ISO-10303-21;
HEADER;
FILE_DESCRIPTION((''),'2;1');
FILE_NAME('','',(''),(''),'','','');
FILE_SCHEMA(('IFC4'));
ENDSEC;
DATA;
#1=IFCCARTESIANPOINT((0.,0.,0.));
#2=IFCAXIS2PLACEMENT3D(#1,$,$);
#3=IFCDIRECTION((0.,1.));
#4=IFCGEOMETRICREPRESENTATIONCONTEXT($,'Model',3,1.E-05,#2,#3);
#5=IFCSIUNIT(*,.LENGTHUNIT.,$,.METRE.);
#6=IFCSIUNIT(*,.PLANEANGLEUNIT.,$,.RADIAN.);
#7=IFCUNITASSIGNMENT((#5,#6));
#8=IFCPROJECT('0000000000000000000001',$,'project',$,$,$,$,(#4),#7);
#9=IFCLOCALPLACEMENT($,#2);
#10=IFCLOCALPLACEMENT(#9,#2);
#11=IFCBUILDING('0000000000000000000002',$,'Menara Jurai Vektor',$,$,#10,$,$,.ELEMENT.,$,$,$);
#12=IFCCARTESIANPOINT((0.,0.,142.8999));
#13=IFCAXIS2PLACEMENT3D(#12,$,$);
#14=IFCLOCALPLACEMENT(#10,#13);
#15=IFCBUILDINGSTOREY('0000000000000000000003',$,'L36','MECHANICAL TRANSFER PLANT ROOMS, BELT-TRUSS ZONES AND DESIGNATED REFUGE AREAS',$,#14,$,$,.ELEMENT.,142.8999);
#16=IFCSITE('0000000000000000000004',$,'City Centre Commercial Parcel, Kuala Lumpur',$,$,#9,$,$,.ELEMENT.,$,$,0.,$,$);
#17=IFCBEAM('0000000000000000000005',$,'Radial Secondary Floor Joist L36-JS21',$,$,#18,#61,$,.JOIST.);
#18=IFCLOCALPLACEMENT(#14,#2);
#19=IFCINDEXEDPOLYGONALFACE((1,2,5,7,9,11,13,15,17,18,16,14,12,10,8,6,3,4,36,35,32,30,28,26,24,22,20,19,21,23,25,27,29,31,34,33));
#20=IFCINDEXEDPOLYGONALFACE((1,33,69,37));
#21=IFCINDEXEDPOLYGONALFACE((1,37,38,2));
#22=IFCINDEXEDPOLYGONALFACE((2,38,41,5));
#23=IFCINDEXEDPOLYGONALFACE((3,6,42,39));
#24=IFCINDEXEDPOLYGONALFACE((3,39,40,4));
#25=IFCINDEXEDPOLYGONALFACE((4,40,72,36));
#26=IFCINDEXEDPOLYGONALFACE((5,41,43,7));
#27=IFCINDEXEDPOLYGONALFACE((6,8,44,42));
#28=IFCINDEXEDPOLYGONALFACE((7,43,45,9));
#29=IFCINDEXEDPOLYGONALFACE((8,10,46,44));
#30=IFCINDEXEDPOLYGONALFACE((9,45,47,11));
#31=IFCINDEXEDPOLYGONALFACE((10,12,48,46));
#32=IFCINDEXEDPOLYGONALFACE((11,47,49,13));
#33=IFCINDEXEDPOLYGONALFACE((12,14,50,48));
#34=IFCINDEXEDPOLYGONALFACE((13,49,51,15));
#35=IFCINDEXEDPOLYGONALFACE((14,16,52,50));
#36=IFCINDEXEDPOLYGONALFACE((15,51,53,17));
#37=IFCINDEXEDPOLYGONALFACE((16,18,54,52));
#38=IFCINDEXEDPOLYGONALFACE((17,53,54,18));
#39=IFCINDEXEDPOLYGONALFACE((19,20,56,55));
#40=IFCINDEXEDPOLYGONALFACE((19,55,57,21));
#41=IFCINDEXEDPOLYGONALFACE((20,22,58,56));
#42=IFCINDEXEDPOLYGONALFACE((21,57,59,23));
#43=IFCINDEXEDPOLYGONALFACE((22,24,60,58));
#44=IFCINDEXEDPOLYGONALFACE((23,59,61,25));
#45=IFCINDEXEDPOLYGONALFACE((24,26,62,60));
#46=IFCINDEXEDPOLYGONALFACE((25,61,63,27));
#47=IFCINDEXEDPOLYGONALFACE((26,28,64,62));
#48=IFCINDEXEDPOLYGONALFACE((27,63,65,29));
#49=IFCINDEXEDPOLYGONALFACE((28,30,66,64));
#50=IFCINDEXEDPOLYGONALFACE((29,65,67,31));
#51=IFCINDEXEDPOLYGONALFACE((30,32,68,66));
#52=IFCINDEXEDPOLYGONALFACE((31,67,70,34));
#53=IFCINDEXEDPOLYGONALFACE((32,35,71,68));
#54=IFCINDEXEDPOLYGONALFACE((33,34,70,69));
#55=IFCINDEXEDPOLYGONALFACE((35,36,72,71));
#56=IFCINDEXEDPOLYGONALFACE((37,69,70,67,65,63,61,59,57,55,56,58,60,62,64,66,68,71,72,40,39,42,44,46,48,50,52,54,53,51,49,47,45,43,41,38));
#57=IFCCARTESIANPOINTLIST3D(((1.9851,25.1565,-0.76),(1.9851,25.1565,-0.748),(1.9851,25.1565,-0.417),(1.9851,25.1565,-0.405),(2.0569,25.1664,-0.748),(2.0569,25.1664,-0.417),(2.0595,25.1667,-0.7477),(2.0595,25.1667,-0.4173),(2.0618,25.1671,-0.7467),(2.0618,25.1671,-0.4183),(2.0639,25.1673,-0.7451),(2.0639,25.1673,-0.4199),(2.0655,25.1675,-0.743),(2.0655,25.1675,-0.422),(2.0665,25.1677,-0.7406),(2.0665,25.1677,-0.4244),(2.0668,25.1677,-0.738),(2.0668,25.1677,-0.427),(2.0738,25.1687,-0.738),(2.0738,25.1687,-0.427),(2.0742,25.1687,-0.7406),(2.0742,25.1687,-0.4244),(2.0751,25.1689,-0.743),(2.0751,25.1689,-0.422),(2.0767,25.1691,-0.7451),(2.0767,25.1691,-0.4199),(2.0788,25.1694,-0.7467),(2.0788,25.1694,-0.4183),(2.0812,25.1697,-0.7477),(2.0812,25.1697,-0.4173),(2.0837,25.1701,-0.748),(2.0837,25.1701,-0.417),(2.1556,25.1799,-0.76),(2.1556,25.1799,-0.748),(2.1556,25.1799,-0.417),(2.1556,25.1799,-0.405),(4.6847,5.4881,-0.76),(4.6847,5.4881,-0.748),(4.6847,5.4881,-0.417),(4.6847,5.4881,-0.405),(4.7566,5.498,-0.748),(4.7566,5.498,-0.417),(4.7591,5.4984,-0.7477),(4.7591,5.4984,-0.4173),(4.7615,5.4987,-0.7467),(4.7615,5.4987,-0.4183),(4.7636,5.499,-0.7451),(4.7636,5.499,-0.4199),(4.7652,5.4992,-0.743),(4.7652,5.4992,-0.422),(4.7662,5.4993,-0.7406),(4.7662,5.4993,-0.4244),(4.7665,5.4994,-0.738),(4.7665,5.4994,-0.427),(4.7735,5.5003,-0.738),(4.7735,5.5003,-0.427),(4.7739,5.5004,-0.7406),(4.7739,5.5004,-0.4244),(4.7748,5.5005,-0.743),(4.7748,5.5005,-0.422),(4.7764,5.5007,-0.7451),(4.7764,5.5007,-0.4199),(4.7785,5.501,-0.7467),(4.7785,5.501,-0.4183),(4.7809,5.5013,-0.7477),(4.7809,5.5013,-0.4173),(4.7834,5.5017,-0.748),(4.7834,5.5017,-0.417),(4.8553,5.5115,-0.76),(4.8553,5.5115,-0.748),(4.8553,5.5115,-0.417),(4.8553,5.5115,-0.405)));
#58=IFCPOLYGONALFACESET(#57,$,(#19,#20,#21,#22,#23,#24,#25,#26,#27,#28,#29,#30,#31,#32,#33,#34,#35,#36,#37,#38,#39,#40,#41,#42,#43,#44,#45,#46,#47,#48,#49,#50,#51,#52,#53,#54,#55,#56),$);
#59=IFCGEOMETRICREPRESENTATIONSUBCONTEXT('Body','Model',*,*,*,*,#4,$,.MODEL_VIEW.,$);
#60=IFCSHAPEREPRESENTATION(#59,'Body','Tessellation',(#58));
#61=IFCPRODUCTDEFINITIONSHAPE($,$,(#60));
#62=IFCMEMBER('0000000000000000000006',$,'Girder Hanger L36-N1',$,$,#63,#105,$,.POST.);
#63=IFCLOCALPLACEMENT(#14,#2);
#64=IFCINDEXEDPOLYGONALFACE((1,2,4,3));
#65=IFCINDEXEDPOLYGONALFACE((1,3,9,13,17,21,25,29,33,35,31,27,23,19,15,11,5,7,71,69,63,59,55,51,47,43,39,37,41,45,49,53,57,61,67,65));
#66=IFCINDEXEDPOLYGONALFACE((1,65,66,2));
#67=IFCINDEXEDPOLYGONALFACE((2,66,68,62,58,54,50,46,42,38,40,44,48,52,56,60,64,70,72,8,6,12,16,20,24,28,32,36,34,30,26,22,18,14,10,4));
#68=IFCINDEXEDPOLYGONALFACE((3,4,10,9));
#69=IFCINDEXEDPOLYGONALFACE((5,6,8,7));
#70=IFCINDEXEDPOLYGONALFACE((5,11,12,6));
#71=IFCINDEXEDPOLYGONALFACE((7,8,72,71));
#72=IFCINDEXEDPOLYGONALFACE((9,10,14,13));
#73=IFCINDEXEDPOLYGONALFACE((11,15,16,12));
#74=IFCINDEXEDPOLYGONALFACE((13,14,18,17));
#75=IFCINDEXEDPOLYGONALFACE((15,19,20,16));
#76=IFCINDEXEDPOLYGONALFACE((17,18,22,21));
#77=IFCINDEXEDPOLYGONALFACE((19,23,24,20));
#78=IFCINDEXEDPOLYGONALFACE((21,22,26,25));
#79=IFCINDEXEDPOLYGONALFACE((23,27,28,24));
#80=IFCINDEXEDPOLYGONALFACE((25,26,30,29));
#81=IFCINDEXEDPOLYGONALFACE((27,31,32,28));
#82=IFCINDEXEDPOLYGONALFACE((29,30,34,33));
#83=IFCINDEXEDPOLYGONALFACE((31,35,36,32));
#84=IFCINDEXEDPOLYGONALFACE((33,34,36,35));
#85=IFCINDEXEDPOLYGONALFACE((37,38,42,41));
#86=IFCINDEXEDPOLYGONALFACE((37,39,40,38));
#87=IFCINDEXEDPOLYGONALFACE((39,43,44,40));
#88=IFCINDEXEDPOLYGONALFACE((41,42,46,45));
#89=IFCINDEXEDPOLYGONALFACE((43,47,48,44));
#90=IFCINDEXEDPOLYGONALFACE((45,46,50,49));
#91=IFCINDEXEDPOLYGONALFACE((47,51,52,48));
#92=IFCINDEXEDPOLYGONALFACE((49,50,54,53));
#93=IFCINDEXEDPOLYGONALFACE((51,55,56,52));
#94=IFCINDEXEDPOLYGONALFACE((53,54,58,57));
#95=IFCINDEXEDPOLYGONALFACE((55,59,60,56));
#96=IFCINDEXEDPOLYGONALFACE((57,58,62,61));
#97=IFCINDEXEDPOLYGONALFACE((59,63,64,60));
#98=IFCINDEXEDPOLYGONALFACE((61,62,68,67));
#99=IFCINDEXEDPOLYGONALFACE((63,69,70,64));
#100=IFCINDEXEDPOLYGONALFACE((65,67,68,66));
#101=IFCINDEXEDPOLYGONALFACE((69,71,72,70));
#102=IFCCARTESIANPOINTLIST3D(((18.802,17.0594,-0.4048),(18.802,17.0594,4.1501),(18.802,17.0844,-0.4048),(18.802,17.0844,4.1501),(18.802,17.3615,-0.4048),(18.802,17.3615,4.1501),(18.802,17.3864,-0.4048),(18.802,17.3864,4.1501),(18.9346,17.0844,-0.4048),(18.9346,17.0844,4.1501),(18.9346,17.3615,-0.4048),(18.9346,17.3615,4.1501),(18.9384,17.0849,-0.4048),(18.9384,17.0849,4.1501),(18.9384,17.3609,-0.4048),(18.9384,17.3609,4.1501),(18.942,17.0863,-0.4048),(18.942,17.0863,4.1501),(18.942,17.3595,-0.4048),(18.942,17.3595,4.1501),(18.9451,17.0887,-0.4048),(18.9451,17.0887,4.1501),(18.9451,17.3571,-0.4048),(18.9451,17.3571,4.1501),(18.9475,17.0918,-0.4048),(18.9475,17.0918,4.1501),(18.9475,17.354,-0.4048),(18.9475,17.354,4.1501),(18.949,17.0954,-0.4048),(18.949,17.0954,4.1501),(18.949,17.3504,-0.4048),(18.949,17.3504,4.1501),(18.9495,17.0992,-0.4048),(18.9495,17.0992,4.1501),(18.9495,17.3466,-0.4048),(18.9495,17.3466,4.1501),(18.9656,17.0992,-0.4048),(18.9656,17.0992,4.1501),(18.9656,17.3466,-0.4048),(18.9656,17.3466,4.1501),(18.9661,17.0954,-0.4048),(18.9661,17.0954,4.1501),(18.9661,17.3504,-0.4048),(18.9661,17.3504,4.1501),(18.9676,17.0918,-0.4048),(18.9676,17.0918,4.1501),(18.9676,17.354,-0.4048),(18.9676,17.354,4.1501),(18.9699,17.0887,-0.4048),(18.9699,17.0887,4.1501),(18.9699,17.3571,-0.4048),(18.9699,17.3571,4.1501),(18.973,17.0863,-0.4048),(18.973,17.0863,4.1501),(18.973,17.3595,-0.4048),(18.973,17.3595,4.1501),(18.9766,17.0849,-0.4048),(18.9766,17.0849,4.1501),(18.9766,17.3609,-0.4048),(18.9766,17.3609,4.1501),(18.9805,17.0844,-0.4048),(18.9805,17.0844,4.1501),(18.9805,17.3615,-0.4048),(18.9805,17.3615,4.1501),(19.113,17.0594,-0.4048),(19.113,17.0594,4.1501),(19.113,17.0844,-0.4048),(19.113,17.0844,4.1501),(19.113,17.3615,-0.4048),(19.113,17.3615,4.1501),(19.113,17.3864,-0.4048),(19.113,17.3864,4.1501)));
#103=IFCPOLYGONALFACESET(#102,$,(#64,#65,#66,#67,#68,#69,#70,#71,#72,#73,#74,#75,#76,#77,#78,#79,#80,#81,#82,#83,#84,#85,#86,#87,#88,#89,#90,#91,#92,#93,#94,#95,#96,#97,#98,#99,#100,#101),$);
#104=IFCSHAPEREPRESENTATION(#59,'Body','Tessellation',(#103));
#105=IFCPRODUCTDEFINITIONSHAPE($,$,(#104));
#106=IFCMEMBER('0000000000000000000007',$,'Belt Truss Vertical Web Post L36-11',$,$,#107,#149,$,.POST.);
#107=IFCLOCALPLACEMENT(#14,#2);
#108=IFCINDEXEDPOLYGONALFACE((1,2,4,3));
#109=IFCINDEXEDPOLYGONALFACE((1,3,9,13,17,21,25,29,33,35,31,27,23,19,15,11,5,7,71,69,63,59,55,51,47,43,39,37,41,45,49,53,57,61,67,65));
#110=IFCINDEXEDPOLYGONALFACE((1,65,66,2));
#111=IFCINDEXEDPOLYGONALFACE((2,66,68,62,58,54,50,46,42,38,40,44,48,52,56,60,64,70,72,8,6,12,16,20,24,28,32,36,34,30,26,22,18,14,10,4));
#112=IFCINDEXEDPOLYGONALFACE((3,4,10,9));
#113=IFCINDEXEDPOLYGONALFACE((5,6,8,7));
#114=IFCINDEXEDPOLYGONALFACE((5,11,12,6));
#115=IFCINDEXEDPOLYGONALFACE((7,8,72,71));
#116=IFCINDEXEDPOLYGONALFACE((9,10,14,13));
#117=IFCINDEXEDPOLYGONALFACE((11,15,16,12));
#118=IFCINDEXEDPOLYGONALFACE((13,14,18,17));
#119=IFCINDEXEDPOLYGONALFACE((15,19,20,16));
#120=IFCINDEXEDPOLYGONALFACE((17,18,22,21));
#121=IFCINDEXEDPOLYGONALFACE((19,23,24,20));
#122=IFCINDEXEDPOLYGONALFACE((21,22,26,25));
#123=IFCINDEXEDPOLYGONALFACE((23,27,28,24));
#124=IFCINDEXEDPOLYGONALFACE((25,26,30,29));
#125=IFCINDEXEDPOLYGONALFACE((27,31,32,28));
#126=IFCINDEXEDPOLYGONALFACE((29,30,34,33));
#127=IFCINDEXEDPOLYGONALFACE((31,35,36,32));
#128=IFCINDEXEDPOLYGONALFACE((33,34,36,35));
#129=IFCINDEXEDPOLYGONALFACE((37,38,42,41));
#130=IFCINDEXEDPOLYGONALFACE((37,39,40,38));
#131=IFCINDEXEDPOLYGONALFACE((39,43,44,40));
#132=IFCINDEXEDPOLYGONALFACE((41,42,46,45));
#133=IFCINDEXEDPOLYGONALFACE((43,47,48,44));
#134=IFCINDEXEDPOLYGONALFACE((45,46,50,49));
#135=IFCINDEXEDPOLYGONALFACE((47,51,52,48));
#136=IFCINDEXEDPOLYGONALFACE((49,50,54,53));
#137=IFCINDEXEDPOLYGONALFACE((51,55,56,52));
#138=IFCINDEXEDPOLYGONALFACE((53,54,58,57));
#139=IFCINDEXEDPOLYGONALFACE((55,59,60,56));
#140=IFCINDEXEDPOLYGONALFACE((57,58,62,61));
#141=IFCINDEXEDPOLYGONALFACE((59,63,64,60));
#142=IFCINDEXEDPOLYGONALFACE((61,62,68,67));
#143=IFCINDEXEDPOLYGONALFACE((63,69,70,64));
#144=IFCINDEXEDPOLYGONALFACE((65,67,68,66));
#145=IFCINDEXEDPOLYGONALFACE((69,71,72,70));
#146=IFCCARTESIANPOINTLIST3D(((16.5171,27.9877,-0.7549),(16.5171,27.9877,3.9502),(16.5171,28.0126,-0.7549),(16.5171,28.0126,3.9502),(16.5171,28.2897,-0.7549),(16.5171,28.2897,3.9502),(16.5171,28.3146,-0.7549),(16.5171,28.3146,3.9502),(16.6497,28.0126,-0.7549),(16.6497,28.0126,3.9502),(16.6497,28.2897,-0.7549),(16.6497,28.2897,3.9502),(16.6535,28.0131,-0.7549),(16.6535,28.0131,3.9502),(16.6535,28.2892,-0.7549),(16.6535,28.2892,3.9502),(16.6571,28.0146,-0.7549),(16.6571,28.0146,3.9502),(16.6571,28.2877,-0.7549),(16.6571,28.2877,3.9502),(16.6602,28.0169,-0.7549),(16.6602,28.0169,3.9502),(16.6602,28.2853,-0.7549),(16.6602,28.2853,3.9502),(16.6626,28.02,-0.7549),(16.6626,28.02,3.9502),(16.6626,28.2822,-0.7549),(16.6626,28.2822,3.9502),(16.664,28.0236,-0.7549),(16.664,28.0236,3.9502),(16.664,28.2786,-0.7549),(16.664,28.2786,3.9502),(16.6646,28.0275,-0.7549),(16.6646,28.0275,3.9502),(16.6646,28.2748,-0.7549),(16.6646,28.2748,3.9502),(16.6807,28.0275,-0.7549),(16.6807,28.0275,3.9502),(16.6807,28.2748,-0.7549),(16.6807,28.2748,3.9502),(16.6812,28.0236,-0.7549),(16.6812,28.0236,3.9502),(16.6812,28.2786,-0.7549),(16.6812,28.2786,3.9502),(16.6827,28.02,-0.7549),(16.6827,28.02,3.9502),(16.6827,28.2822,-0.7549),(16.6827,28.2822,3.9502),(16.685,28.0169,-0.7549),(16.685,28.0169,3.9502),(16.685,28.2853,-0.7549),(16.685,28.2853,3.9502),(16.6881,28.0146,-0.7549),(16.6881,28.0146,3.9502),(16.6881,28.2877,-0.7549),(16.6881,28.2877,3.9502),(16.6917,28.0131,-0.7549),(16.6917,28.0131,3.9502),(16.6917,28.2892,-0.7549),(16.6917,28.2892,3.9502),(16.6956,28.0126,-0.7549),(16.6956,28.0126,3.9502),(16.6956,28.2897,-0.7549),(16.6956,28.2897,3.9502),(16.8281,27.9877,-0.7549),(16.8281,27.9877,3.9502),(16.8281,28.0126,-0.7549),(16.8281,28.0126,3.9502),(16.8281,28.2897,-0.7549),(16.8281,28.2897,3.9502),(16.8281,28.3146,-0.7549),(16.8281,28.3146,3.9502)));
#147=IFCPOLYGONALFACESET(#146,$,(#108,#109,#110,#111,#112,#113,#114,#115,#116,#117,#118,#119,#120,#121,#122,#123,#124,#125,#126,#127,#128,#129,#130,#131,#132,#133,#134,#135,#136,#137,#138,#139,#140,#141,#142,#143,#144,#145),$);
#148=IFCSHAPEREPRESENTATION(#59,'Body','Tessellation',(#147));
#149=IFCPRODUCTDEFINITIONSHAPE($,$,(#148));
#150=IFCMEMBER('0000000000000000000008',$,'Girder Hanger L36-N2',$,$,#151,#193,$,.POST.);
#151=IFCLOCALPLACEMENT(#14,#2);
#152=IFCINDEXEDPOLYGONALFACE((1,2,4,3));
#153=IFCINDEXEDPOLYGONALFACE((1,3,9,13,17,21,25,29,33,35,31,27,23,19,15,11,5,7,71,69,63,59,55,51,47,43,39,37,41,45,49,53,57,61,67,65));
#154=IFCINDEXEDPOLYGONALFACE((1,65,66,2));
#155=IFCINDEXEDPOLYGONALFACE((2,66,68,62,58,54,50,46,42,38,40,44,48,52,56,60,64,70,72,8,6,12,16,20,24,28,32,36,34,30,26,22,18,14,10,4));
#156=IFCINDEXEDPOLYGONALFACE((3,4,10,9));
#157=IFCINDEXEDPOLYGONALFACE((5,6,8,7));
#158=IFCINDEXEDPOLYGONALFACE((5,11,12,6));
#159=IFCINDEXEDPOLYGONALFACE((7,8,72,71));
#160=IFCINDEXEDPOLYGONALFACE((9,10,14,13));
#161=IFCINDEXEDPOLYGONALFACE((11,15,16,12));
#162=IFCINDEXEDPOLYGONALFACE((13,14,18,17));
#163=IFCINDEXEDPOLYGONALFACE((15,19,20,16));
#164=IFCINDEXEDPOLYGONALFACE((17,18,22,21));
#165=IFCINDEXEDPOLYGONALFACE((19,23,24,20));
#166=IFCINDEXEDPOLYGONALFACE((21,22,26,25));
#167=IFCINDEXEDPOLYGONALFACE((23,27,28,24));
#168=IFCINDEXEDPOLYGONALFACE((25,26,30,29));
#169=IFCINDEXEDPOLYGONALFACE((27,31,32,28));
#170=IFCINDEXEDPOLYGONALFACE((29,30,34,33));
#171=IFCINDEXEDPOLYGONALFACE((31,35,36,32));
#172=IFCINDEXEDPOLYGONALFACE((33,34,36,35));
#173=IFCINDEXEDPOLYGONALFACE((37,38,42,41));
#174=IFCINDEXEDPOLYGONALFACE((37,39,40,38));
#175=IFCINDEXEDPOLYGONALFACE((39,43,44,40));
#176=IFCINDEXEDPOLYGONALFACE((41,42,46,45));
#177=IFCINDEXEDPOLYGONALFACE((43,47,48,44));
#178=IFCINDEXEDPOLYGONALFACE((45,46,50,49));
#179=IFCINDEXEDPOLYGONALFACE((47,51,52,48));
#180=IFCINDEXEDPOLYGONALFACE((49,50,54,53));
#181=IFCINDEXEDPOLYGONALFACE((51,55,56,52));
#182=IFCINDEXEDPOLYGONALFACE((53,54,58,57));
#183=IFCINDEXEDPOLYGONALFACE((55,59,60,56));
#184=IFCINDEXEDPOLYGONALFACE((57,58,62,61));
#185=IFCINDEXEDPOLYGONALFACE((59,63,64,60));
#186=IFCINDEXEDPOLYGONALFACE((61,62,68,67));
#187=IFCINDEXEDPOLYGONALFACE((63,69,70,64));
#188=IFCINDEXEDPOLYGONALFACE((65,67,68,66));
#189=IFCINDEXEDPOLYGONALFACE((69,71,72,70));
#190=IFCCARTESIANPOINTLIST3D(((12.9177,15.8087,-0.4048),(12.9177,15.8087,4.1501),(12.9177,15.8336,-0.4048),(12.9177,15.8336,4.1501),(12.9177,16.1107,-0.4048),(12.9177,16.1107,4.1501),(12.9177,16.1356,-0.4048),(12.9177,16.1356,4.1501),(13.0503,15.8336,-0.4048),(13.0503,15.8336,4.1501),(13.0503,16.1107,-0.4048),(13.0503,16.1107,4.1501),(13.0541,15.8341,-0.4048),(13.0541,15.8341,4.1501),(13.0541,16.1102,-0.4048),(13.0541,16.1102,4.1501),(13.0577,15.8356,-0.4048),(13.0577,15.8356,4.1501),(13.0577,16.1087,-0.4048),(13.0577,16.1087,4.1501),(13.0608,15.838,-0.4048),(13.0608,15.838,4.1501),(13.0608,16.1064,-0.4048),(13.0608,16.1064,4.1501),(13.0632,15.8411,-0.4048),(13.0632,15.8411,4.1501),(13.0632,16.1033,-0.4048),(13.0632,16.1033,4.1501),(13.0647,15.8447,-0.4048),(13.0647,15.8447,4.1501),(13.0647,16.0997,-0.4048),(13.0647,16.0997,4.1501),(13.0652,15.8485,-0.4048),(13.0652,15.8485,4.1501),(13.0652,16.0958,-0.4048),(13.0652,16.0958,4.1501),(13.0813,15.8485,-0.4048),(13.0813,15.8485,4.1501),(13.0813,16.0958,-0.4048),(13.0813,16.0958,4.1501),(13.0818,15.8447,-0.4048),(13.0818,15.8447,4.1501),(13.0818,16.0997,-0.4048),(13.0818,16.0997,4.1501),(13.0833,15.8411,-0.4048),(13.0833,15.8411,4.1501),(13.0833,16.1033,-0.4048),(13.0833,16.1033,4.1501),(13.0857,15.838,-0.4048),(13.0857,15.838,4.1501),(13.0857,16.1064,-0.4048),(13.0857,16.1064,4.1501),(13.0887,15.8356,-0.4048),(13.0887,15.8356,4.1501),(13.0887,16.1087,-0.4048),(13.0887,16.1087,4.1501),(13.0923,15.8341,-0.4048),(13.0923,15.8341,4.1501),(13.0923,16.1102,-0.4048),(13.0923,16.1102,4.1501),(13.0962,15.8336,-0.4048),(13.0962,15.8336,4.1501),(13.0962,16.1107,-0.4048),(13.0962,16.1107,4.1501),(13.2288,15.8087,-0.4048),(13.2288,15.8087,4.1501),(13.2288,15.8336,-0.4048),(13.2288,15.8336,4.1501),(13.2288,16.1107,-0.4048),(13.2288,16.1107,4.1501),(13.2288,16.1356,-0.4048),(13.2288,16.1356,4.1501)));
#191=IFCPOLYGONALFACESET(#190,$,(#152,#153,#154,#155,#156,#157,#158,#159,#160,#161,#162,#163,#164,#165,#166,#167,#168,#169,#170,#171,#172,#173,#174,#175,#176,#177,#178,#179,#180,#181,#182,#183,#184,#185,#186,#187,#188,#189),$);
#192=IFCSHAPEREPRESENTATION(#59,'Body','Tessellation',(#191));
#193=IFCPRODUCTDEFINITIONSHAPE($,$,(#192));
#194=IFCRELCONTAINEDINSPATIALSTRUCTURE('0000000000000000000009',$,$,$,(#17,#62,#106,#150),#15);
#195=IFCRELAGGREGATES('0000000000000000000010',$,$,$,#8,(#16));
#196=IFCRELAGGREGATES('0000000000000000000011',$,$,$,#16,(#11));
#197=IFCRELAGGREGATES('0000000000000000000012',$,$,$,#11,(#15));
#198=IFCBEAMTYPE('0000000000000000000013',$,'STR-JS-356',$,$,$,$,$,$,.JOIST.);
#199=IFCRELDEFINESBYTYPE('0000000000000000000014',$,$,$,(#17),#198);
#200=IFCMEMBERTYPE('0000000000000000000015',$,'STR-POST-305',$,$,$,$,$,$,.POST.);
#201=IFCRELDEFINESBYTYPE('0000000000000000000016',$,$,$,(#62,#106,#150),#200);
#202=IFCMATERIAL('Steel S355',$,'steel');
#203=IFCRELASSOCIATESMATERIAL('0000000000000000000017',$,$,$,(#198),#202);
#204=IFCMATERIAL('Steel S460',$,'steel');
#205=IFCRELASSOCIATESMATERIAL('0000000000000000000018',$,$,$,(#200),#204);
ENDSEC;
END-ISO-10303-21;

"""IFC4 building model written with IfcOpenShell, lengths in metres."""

from ifc_helpers import new_model, si_unit, direction, frame, origin, origin_2d, place, context, subcontext, project, spatial, i_section, extrude, material, material_profile, profile_set, type_object, element, save


model = new_model("IFC4")

# Units and contexts
model_context = context("Model", 3, precision=1e-05, world=origin(), true_north=direction((0.0, 1.0)))
body_context = subcontext(model_context, "Body", "Model", "MODEL_VIEW")
ifc_project = project(units=[si_unit("LENGTHUNIT", "METRE"), si_unit("PLANEANGLEUNIT", "RADIAN")], contexts=[model_context])

# Site, building, storey
site_placement = place(None, origin())
site = spatial("IfcSite", under=ifc_project, at=site_placement, Name="City Centre Commercial Parcel, Kuala Lumpur", CompositionType="ELEMENT", RefElevation=0.0)
building_placement = place(site_placement, origin())
building = spatial("IfcBuilding", under=site, at=building_placement, Name="Menara Jurai Vektor", CompositionType="ELEMENT")
storey_placement = place(building_placement, frame((0.0, 0.0, 142.8999)))
storey = spatial("IfcBuildingStorey", under=building, at=storey_placement, Name="L36", Description="MECHANICAL TRANSFER PLANT ROOMS, BELT-TRUSS ZONES AND DESIGNATED REFUGE AREAS", CompositionType="ELEMENT", Elevation=142.8999)

# Shared definitions
ifc_material_1 = material(Name="Steel S460", Category="steel")

# Beam
ifc_material_2 = material(Name="Steel S355", Category="steel")
ifc_material_profile_1 = material_profile(ifc_material_2, i_section(OverallWidth=0.1721, OverallDepth=0.355, WebThickness=0.0071, FlangeThickness=0.012, FilletRadius=0.01, at=origin_2d()), Name="UKB 356x171x51")
ifc_profile_set_1 = profile_set([ifc_material_profile_1], Name="Steel S355")
beam_type_1 = type_object("IfcBeamType", Name="STR-JS-356", PredefinedType="JOIST", material=ifc_profile_set_1)
beam_1_placement = place(storey_placement, frame((2.0703, 25.1682, -0.5825), z_axis=(0.135986, -0.990711, 0.0), x_axis=(0.990711, 0.135986, 0.0)))
element("IfcBeam", 1, at=beam_1_placement, inside=storey, type_object=beam_type_1, Name="Radial Secondary Floor Joist L36-JS21", PredefinedType="JOIST", context=body_context, shape_type="SweptSolid", body=[
    extrude(i_section(OverallWidth=0.1721, OverallDepth=0.355, WebThickness=0.0071, FlangeThickness=0.012, FilletRadius=0.01, at=origin_2d()), origin(), (0.0, 0.0, 1.0), 19.8528),
])

# Members
ifc_material_profile_2 = material_profile(ifc_material_1, i_section(OverallWidth=0.311, OverallDepth=0.3269, WebThickness=0.0161, FlangeThickness=0.0249, FilletRadius=0.0149, at=origin_2d()), Name="UKC 305x305x158")
ifc_profile_set_2 = profile_set([ifc_material_profile_2], Name="Steel S460")
member_type_1 = type_object("IfcMemberType", Name="STR-POST-305", PredefinedType="POST", material=ifc_profile_set_2)
member_1_placement = place(storey_placement, frame((18.9575, 17.2229, -0.4048), z_axis=(0.0, 0.0, 1.0), x_axis=(1.0, 0.0, 0.0)))
element("IfcMember", 2, at=member_1_placement, inside=storey, type_object=member_type_1, Name="Girder Hanger L36-N1", PredefinedType="POST", context=body_context, shape_type="SweptSolid", body=[
    extrude(i_section(OverallWidth=0.311, OverallDepth=0.3269, WebThickness=0.0161, FlangeThickness=0.0249, FilletRadius=0.0149, at=origin_2d()), origin(), (0.0, 0.0, 1.0), 4.5549),
])
member_2_placement = place(storey_placement, frame((16.6726, 28.1511, -0.7549), z_axis=(0.0, 0.0, 1.0), x_axis=(1.0, 0.0, 0.0)))
element("IfcMember", 3, at=member_2_placement, inside=storey, type_object=member_type_1, Name="Belt Truss Vertical Web Post L36-11", PredefinedType="POST", context=body_context, shape_type="SweptSolid", body=[
    extrude(i_section(OverallWidth=0.311, OverallDepth=0.3269, WebThickness=0.0161, FlangeThickness=0.0249, FilletRadius=0.0149, at=origin_2d()), origin(), (0.0, 0.0, 1.0), 4.7051),
])
member_3_placement = place(storey_placement, frame((13.0732, 15.9722, -0.4048), z_axis=(0.0, 0.0, 1.0), x_axis=(1.0, 0.0, 0.0)))
element("IfcMember", 4, at=member_3_placement, inside=storey, type_object=member_type_1, Name="Girder Hanger L36-N2", PredefinedType="POST", context=body_context, shape_type="SweptSolid", body=[
    extrude(i_section(OverallWidth=0.311, OverallDepth=0.3269, WebThickness=0.0161, FlangeThickness=0.0249, FilletRadius=0.0149, at=origin_2d()), origin(), (0.0, 0.0, 1.0), 4.5549),
])

save(model, "model.ifc")
